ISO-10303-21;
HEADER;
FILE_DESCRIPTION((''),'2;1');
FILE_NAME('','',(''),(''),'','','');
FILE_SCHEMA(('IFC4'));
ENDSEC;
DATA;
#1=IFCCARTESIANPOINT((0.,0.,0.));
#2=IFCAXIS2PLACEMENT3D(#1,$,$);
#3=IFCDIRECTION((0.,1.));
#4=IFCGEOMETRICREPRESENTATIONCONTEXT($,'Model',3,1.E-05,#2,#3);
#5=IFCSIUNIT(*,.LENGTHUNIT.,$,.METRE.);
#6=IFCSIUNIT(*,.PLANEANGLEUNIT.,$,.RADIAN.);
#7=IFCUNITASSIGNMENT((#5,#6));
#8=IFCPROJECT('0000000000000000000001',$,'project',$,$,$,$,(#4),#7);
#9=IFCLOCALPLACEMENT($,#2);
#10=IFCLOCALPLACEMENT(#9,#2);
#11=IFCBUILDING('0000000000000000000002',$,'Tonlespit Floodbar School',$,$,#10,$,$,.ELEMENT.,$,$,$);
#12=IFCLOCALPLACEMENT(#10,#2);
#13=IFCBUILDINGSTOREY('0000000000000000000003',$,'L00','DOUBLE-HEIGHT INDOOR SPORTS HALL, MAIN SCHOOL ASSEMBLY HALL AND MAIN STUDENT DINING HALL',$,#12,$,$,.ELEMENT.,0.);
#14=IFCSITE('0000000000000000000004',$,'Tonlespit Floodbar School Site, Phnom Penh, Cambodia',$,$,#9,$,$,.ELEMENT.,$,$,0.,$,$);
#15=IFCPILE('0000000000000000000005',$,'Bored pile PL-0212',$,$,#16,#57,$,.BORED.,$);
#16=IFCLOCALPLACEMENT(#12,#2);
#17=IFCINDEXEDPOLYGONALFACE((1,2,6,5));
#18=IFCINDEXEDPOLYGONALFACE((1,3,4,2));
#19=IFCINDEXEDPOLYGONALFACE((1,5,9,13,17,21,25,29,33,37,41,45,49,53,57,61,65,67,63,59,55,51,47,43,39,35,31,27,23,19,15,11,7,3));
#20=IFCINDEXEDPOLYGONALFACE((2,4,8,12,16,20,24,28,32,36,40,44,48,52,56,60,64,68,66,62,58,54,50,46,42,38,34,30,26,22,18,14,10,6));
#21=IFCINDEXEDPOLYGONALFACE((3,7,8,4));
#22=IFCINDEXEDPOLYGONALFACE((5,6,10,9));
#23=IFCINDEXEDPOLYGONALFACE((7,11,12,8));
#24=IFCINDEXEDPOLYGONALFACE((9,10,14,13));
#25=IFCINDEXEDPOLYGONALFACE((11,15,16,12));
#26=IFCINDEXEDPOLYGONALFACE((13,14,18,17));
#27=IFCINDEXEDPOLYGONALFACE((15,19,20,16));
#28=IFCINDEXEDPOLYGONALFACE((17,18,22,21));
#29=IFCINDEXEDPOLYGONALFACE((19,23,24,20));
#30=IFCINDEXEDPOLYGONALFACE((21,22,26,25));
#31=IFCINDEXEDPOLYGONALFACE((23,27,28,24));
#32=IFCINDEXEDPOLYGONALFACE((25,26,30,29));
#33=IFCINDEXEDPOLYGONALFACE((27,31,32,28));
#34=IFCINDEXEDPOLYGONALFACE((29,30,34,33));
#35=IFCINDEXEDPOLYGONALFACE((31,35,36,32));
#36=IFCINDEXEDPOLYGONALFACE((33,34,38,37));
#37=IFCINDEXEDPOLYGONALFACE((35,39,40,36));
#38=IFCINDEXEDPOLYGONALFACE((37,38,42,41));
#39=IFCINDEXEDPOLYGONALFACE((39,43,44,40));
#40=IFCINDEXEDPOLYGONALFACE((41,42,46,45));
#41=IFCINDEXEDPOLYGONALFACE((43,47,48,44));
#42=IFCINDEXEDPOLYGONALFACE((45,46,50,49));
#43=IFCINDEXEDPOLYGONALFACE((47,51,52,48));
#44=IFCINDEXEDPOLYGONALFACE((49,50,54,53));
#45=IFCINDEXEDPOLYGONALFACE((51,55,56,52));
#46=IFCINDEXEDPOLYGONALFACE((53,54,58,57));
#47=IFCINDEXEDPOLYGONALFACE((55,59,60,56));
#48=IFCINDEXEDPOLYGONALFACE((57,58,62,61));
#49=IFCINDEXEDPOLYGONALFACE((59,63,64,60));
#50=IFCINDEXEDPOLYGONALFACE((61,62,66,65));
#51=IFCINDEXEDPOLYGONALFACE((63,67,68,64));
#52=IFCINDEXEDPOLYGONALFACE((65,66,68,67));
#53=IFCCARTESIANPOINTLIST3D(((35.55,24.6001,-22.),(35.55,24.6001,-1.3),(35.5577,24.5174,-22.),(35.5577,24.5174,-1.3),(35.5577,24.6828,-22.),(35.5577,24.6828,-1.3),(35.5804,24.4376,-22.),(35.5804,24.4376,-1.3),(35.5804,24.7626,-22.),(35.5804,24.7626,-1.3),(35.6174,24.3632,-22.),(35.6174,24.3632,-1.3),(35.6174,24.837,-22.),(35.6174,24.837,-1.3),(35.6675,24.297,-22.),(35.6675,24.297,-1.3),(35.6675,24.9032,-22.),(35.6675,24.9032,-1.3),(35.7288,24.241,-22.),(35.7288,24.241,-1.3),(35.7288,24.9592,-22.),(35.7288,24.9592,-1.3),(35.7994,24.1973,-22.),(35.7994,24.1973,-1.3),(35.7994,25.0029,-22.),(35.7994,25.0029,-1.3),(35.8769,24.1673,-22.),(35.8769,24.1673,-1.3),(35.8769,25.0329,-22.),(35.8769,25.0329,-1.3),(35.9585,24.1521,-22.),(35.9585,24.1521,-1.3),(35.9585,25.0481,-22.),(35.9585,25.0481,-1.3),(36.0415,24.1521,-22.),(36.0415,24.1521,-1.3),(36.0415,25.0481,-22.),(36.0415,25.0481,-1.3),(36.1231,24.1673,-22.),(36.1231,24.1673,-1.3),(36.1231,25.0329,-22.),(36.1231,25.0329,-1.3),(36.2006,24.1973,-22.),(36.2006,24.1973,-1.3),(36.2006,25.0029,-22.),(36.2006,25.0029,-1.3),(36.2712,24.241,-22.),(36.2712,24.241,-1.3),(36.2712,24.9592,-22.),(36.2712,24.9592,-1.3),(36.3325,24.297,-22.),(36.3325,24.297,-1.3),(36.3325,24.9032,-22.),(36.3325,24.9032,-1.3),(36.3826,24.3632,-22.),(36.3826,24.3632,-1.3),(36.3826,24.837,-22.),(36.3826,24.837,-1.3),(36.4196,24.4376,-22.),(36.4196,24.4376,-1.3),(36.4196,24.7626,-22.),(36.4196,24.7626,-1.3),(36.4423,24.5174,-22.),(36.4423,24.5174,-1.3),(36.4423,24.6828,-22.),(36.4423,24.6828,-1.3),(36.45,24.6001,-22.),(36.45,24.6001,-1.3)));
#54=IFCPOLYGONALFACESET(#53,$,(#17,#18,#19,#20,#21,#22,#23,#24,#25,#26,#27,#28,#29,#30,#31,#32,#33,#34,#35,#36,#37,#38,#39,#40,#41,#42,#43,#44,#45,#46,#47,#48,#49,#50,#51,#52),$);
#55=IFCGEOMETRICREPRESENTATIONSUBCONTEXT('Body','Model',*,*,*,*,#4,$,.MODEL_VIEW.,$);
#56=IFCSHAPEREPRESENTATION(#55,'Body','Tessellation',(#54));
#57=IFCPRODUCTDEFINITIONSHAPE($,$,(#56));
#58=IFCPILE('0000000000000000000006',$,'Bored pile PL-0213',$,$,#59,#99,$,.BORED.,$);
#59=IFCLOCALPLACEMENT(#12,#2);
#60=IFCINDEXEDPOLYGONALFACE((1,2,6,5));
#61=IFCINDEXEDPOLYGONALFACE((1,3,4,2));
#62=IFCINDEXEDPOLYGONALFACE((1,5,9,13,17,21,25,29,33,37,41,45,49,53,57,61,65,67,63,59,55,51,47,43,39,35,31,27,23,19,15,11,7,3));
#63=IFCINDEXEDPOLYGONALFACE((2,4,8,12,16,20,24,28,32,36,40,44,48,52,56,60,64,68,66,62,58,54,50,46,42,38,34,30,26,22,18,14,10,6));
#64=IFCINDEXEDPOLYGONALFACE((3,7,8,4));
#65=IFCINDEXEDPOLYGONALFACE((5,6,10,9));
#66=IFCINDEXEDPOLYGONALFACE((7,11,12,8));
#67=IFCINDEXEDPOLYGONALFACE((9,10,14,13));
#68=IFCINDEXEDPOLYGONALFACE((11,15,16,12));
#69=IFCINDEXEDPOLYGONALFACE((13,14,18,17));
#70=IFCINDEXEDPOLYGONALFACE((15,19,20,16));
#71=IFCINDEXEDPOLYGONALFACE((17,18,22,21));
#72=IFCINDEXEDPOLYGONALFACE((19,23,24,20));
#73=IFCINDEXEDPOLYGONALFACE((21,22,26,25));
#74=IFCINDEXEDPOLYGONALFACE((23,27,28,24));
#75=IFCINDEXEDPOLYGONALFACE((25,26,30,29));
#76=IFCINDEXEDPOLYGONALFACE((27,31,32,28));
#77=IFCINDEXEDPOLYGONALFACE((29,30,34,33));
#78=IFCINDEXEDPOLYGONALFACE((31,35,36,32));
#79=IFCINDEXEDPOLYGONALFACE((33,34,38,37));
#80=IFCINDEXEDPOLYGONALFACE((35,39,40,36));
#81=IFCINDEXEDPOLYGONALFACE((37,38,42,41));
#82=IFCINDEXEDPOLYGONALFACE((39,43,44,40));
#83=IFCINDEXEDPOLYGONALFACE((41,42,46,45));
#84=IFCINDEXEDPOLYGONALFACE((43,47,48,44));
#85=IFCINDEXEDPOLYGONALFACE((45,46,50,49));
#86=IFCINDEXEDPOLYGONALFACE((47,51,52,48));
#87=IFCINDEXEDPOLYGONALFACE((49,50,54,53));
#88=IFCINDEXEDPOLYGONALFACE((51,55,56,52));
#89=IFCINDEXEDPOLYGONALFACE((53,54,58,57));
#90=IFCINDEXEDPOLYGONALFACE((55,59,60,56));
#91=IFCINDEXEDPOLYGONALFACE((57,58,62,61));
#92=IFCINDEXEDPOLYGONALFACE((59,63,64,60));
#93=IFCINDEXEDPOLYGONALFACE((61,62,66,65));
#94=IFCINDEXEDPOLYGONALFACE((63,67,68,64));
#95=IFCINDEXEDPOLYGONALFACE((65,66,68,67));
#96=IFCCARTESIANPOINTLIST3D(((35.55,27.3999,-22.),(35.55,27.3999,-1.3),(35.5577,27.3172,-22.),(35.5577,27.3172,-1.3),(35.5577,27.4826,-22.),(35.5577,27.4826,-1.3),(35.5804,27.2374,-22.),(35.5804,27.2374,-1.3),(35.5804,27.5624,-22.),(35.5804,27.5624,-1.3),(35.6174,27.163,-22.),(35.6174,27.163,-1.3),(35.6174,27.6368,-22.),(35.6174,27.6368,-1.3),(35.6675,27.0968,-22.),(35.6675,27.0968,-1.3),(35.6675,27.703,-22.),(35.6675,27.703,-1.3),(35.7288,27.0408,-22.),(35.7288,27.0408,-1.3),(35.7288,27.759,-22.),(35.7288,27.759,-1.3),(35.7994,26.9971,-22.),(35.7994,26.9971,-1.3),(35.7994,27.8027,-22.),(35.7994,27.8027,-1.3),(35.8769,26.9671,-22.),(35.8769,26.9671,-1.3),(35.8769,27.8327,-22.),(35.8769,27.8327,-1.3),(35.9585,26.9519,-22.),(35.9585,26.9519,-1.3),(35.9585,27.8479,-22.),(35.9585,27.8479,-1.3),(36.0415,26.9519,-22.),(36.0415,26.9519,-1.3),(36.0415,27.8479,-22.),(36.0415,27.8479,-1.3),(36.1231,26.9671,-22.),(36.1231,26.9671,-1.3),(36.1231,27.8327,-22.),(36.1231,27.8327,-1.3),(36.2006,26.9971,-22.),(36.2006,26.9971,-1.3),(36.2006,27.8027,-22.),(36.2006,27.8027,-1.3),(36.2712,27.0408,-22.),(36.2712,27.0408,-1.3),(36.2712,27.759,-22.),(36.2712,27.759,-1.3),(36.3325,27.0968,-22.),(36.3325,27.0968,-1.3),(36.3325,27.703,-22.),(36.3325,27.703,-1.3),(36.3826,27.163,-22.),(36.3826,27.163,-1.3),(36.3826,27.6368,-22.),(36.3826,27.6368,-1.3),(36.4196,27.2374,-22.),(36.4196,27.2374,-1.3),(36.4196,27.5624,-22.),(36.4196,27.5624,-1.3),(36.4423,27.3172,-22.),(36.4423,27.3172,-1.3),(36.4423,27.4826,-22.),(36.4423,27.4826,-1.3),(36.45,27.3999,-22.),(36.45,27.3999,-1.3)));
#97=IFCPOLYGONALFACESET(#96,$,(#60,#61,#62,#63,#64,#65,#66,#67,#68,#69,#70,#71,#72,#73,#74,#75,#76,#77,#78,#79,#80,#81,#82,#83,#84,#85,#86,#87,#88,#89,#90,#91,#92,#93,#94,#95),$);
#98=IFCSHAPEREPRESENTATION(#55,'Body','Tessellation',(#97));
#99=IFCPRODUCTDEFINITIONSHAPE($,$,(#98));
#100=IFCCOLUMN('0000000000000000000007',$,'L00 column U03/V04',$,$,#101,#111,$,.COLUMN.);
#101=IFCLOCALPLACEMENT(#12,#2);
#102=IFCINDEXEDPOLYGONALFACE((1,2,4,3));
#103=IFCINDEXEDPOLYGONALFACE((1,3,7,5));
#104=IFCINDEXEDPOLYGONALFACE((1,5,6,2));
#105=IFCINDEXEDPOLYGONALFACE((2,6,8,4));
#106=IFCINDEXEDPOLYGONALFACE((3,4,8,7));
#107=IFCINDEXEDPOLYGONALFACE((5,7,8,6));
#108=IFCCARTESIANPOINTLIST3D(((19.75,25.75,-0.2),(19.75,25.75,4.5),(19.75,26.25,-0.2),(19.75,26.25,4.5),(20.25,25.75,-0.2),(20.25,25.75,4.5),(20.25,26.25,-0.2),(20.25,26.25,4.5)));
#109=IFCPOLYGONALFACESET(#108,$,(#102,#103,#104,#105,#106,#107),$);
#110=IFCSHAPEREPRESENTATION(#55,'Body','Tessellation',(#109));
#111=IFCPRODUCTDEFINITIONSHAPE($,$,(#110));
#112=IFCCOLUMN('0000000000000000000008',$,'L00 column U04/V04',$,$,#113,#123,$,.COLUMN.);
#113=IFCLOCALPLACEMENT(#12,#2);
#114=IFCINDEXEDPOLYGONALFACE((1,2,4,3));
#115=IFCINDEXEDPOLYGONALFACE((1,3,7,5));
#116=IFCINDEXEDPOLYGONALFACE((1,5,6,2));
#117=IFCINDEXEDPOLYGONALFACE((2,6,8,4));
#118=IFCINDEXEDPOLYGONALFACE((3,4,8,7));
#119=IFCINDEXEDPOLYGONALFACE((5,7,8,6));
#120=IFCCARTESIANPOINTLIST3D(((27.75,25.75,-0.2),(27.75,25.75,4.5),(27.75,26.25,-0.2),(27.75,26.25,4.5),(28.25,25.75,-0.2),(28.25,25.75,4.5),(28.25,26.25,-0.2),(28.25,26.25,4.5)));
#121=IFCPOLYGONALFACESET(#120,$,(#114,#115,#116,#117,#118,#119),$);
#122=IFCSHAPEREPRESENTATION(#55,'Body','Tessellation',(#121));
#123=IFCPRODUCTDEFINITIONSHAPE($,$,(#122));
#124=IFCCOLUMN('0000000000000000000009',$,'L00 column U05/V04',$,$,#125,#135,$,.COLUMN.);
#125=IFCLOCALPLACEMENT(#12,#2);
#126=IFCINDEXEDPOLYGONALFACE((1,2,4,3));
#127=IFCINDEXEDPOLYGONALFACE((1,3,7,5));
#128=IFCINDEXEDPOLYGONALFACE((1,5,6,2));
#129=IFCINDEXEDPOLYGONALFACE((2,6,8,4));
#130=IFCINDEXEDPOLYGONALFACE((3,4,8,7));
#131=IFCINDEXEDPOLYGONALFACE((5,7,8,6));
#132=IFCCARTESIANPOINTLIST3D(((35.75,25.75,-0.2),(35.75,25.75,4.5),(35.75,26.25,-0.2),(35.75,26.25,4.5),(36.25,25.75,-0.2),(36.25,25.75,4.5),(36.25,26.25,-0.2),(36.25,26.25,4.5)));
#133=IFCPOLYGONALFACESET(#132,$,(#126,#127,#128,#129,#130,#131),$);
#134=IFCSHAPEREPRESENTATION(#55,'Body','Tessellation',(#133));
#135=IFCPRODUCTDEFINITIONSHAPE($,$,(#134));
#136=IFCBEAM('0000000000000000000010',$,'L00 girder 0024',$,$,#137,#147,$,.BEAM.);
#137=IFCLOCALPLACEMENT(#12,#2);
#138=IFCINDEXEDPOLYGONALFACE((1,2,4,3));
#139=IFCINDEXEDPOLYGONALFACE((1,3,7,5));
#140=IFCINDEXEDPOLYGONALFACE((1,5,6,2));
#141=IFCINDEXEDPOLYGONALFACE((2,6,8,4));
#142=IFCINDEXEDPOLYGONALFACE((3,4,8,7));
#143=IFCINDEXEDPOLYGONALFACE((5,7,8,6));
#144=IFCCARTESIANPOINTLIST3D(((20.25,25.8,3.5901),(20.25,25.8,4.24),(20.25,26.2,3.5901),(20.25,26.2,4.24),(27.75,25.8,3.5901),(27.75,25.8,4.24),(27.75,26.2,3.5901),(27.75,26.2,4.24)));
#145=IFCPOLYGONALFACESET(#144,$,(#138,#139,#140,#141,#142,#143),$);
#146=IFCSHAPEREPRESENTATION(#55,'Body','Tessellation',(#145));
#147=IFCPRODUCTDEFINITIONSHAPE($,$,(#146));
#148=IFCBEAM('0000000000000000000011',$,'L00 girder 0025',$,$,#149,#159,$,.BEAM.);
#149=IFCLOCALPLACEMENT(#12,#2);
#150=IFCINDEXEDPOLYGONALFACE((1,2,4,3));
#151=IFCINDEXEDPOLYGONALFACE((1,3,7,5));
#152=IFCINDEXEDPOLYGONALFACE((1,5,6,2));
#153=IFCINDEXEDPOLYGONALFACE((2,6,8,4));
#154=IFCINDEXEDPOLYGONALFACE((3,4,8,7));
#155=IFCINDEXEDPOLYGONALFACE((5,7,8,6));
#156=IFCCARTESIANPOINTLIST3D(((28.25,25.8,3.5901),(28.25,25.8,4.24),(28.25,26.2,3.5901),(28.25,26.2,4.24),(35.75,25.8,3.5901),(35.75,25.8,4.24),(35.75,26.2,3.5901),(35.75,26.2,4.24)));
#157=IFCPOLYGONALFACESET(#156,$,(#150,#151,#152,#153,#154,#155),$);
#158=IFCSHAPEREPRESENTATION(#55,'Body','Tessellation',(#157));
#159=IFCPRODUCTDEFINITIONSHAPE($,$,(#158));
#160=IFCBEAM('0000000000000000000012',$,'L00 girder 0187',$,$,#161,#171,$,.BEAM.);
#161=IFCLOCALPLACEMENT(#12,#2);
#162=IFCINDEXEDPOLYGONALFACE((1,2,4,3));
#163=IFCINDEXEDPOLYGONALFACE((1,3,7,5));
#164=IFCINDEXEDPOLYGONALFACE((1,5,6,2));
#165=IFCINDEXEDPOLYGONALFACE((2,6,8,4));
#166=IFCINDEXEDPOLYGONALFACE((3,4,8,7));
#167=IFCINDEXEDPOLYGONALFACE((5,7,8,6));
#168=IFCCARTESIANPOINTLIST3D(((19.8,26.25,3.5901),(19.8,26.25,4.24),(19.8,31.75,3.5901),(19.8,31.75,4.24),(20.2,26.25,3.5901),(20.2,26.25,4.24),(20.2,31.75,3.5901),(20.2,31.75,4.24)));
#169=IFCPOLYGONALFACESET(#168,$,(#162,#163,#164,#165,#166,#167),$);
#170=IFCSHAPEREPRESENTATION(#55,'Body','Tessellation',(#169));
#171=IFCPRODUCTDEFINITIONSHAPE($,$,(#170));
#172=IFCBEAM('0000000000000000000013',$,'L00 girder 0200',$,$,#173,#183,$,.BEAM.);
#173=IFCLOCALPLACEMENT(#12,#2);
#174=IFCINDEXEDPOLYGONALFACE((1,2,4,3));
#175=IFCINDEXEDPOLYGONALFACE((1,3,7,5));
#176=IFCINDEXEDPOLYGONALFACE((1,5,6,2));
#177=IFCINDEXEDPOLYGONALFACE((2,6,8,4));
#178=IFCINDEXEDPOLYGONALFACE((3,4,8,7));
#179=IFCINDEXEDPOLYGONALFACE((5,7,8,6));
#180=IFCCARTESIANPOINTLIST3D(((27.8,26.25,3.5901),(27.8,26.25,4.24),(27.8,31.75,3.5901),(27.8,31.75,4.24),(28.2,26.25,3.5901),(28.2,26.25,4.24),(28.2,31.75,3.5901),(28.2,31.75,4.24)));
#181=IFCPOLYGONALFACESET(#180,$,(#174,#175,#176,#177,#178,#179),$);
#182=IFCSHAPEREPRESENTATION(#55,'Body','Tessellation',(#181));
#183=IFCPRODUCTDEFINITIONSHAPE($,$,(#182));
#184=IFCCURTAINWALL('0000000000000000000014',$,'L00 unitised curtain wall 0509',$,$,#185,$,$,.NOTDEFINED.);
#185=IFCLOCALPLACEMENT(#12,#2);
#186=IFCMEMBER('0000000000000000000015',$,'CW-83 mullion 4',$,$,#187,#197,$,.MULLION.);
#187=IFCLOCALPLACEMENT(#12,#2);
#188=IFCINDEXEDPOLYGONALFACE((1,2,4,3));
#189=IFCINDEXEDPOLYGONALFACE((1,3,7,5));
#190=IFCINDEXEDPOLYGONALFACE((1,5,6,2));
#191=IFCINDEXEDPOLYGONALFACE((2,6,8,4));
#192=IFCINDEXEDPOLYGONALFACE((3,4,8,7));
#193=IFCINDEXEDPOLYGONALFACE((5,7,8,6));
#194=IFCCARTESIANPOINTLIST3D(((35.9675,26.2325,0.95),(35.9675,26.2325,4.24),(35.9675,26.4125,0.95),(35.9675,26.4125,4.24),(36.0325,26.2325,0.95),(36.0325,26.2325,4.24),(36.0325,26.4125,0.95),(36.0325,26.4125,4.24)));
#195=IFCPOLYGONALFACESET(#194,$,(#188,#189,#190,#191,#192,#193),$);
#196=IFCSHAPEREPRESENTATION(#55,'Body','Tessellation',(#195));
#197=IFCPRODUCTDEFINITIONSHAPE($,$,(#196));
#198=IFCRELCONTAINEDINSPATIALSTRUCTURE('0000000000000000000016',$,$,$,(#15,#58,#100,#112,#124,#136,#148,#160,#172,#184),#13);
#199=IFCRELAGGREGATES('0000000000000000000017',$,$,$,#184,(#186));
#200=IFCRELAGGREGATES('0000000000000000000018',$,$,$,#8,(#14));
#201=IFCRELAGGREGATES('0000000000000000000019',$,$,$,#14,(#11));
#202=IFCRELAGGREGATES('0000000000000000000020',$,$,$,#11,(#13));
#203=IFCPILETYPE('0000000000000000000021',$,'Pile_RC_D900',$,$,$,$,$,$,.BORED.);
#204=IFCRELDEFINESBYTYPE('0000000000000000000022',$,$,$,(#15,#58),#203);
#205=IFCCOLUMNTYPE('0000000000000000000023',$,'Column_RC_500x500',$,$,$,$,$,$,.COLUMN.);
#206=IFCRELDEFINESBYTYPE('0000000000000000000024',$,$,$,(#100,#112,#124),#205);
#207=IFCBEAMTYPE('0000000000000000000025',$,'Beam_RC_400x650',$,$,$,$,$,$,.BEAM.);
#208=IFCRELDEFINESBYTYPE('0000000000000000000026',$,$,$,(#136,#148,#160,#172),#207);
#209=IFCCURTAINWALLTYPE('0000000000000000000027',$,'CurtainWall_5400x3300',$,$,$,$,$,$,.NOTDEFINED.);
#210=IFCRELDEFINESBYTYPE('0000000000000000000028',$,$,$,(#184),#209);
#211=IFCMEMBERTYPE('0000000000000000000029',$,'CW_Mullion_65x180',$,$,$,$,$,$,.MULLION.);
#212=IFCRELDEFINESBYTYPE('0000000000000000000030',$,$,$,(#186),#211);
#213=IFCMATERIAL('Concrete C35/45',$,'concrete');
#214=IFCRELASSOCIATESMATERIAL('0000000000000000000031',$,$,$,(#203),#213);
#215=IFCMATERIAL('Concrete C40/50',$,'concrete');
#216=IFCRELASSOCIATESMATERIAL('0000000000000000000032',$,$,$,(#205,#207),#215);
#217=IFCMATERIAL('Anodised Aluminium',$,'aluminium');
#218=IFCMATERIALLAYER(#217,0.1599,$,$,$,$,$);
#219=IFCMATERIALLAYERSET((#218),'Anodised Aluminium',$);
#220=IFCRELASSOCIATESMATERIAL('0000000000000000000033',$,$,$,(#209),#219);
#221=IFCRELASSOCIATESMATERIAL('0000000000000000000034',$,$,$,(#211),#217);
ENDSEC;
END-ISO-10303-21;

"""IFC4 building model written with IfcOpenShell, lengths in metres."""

from ifc_helpers import new_model, si_unit, direction, frame, origin, origin_2d, place, context, subcontext, project, spatial, rectangle, circle, extrude, material, layer, layer_set, material_profile, profile_set, type_object, element, aggregate, save


model = new_model("IFC4")

# Units and contexts
model_context = context("Model", 3, precision=1e-05, world=origin(), true_north=direction((0.0, 1.0)))
body_context = subcontext(model_context, "Body", "Model", "MODEL_VIEW")
ifc_project = project(units=[si_unit("LENGTHUNIT", "METRE"), si_unit("PLANEANGLEUNIT", "RADIAN")], contexts=[model_context])

# Site, building, storey
site_placement = place(None, origin())
site = spatial("IfcSite", under=ifc_project, at=site_placement, Name="Tonlespit Floodbar School Site, Phnom Penh, Cambodia", CompositionType="ELEMENT", RefElevation=0.0)
building_placement = place(site_placement, origin())
building = spatial("IfcBuilding", under=site, at=building_placement, Name="Tonlespit Floodbar School", CompositionType="ELEMENT")
storey_placement = place(building_placement, origin())
storey = spatial("IfcBuildingStorey", under=building, at=storey_placement, Name="L00", Description="DOUBLE-HEIGHT INDOOR SPORTS HALL, MAIN SCHOOL ASSEMBLY HALL AND MAIN STUDENT DINING HALL", CompositionType="ELEMENT", Elevation=0.0)

# Shared definitions
ifc_material_1 = material(Name="Concrete C40/50", Category="concrete")

# Piles
ifc_material_2 = material(Name="Concrete C35/45", Category="concrete")
ifc_material_profile_1 = material_profile(ifc_material_2, circle(Radius=0.45, at=origin_2d()), Name="BP D900")
ifc_profile_set_1 = profile_set([ifc_material_profile_1], Name="Concrete C35/45")
pile_type = type_object("IfcPileType", Name="Pile_RC_D900", PredefinedType="BORED", material=ifc_profile_set_1)
for number, where, z_axis, x_axis, name in (
    (1, (36.0, 24.6001, -1.3), (0.0, 0.0, -1.0), (1.0, 0.0, 0.0), "Bored pile PL-0212"),
    (2, (36.0, 27.3999, -1.3), (0.0, 0.0, -1.0), (1.0, 0.0, 0.0), "Bored pile PL-0213"),
):
    element("IfcPile", number, at=place(storey_placement, frame(where, z_axis=z_axis, x_axis=x_axis)), inside=storey, type_object=pile_type, Name=name, PredefinedType="BORED", context=body_context, shape_type="SweptSolid", body=[
        extrude(circle(Radius=0.45, at=origin_2d()), origin(), (0.0, 0.0, 1.0), 20.7),
    ])

# Columns
ifc_material_profile_2 = material_profile(ifc_material_1, rectangle(XDim=0.5, YDim=0.5, at=origin_2d()), Name="RC 500x500")
ifc_profile_set_2 = profile_set([ifc_material_profile_2], Name="Concrete C40/50")
column_type = type_object("IfcColumnType", Name="Column_RC_500x500", PredefinedType="COLUMN", material=ifc_profile_set_2)
for number, where, z_axis, x_axis, name in (
    (3, (20.0, 26.0, -0.2), (0.0, 0.0, 1.0), (1.0, 0.0, 0.0), "L00 column U03/V04"),
    (4, (28.0, 26.0, -0.2), (0.0, 0.0, 1.0), (1.0, 0.0, 0.0), "L00 column U04/V04"),
    (5, (36.0, 26.0, -0.2), (0.0, 0.0, 1.0), (1.0, 0.0, 0.0), "L00 column U05/V04"),
):
    element("IfcColumn", number, at=place(storey_placement, frame(where, z_axis=z_axis, x_axis=x_axis)), inside=storey, type_object=column_type, Name=name, PredefinedType="COLUMN", context=body_context, shape_type="SweptSolid", body=[
        extrude(rectangle(XDim=0.5, YDim=0.5, at=origin_2d()), origin(), (0.0, 0.0, 1.0), 4.7),
    ])

# Beams
ifc_material_profile_3 = material_profile(ifc_material_1, rectangle(XDim=0.3999, YDim=0.6499, at=origin_2d()), Name="RC 400x650")
ifc_profile_set_3 = profile_set([ifc_material_profile_3], Name="Concrete C40/50")
beam_type_1 = type_object("IfcBeamType", Name="Beam_RC_400x650", PredefinedType="BEAM", material=ifc_profile_set_3)
for number, where, z_axis, x_axis, name in (
    (6, (20.25, 26.0, 3.915), (1.0, 0.0, 0.0), (0.0, 1.0, 0.0), "L00 girder 0024"),
    (7, (28.25, 26.0, 3.915), (1.0, 0.0, 0.0), (0.0, 1.0, 0.0), "L00 girder 0025"),
):
    element("IfcBeam", number, at=place(storey_placement, frame(where, z_axis=z_axis, x_axis=x_axis)), inside=storey, type_object=beam_type_1, Name=name, PredefinedType="BEAM", context=body_context, shape_type="SweptSolid", body=[
        extrude(rectangle(XDim=0.3999, YDim=0.6499, at=origin_2d()), origin(), (0.0, 0.0, 1.0), 7.5),
    ])
for number, where, z_axis, x_axis, name in (
    (8, (20.0, 26.25, 3.915), (0.0, 1.0, 0.0), (-1.0, 0.0, 0.0), "L00 girder 0187"),
    (9, (28.0, 26.25, 3.915), (0.0, 1.0, 0.0), (-1.0, 0.0, 0.0), "L00 girder 0200"),
):
    element("IfcBeam", number, at=place(storey_placement, frame(where, z_axis=z_axis, x_axis=x_axis)), inside=storey, type_object=beam_type_1, Name=name, PredefinedType="BEAM", context=body_context, shape_type="SweptSolid", body=[
        extrude(rectangle(XDim=0.3999, YDim=0.6499, at=origin_2d()), origin(), (0.0, 0.0, 1.0), 5.5),
    ])

# Curtain wall, member
ifc_material_3 = material(Name="Anodised Aluminium", Category="aluminium")
ifc_layer_1 = layer(ifc_material_3, 0.1599)
ifc_layer_set_1 = layer_set([ifc_layer_1], Name="Anodised Aluminium")
curtain_wall_type = type_object("IfcCurtainWallType", Name="CurtainWall_5400x3300", PredefinedType="NOTDEFINED", material=ifc_layer_set_1)
curtain_wall_placement = place(storey_placement, origin())
curtain_wall = element("IfcCurtainWall", 10, at=curtain_wall_placement, inside=storey, type_object=curtain_wall_type, Name="L00 unitised curtain wall 0509", PredefinedType="NOTDEFINED")
ifc_material_profile_4 = material_profile(ifc_material_3, rectangle(XDim=0.0649, YDim=0.1799, at=origin_2d()), Name="ALU M65x180")
ifc_profile_set_4 = profile_set([ifc_material_profile_4], Name="Anodised Aluminium")
member_type_1 = type_object("IfcMemberType", Name="CW_Mullion_65x180", PredefinedType="MULLION", material=ifc_profile_set_4)
member_1_placement = place(storey_placement, frame((36.0, 26.3225, 0.95), z_axis=(0.0, 0.0, 1.0), x_axis=(1.0, 0.0, 0.0)))
member_1 = element("IfcMember", 11, at=member_1_placement, type_object=member_type_1, Name="CW-83 mullion 4", PredefinedType="MULLION", context=body_context, shape_type="SweptSolid", body=[
    extrude(rectangle(XDim=0.0649, YDim=0.1799, at=origin_2d()), origin(), (0.0, 0.0, 1.0), 3.29),
])

aggregate(curtain_wall, [member_1])

save(model, "model.ifc")
